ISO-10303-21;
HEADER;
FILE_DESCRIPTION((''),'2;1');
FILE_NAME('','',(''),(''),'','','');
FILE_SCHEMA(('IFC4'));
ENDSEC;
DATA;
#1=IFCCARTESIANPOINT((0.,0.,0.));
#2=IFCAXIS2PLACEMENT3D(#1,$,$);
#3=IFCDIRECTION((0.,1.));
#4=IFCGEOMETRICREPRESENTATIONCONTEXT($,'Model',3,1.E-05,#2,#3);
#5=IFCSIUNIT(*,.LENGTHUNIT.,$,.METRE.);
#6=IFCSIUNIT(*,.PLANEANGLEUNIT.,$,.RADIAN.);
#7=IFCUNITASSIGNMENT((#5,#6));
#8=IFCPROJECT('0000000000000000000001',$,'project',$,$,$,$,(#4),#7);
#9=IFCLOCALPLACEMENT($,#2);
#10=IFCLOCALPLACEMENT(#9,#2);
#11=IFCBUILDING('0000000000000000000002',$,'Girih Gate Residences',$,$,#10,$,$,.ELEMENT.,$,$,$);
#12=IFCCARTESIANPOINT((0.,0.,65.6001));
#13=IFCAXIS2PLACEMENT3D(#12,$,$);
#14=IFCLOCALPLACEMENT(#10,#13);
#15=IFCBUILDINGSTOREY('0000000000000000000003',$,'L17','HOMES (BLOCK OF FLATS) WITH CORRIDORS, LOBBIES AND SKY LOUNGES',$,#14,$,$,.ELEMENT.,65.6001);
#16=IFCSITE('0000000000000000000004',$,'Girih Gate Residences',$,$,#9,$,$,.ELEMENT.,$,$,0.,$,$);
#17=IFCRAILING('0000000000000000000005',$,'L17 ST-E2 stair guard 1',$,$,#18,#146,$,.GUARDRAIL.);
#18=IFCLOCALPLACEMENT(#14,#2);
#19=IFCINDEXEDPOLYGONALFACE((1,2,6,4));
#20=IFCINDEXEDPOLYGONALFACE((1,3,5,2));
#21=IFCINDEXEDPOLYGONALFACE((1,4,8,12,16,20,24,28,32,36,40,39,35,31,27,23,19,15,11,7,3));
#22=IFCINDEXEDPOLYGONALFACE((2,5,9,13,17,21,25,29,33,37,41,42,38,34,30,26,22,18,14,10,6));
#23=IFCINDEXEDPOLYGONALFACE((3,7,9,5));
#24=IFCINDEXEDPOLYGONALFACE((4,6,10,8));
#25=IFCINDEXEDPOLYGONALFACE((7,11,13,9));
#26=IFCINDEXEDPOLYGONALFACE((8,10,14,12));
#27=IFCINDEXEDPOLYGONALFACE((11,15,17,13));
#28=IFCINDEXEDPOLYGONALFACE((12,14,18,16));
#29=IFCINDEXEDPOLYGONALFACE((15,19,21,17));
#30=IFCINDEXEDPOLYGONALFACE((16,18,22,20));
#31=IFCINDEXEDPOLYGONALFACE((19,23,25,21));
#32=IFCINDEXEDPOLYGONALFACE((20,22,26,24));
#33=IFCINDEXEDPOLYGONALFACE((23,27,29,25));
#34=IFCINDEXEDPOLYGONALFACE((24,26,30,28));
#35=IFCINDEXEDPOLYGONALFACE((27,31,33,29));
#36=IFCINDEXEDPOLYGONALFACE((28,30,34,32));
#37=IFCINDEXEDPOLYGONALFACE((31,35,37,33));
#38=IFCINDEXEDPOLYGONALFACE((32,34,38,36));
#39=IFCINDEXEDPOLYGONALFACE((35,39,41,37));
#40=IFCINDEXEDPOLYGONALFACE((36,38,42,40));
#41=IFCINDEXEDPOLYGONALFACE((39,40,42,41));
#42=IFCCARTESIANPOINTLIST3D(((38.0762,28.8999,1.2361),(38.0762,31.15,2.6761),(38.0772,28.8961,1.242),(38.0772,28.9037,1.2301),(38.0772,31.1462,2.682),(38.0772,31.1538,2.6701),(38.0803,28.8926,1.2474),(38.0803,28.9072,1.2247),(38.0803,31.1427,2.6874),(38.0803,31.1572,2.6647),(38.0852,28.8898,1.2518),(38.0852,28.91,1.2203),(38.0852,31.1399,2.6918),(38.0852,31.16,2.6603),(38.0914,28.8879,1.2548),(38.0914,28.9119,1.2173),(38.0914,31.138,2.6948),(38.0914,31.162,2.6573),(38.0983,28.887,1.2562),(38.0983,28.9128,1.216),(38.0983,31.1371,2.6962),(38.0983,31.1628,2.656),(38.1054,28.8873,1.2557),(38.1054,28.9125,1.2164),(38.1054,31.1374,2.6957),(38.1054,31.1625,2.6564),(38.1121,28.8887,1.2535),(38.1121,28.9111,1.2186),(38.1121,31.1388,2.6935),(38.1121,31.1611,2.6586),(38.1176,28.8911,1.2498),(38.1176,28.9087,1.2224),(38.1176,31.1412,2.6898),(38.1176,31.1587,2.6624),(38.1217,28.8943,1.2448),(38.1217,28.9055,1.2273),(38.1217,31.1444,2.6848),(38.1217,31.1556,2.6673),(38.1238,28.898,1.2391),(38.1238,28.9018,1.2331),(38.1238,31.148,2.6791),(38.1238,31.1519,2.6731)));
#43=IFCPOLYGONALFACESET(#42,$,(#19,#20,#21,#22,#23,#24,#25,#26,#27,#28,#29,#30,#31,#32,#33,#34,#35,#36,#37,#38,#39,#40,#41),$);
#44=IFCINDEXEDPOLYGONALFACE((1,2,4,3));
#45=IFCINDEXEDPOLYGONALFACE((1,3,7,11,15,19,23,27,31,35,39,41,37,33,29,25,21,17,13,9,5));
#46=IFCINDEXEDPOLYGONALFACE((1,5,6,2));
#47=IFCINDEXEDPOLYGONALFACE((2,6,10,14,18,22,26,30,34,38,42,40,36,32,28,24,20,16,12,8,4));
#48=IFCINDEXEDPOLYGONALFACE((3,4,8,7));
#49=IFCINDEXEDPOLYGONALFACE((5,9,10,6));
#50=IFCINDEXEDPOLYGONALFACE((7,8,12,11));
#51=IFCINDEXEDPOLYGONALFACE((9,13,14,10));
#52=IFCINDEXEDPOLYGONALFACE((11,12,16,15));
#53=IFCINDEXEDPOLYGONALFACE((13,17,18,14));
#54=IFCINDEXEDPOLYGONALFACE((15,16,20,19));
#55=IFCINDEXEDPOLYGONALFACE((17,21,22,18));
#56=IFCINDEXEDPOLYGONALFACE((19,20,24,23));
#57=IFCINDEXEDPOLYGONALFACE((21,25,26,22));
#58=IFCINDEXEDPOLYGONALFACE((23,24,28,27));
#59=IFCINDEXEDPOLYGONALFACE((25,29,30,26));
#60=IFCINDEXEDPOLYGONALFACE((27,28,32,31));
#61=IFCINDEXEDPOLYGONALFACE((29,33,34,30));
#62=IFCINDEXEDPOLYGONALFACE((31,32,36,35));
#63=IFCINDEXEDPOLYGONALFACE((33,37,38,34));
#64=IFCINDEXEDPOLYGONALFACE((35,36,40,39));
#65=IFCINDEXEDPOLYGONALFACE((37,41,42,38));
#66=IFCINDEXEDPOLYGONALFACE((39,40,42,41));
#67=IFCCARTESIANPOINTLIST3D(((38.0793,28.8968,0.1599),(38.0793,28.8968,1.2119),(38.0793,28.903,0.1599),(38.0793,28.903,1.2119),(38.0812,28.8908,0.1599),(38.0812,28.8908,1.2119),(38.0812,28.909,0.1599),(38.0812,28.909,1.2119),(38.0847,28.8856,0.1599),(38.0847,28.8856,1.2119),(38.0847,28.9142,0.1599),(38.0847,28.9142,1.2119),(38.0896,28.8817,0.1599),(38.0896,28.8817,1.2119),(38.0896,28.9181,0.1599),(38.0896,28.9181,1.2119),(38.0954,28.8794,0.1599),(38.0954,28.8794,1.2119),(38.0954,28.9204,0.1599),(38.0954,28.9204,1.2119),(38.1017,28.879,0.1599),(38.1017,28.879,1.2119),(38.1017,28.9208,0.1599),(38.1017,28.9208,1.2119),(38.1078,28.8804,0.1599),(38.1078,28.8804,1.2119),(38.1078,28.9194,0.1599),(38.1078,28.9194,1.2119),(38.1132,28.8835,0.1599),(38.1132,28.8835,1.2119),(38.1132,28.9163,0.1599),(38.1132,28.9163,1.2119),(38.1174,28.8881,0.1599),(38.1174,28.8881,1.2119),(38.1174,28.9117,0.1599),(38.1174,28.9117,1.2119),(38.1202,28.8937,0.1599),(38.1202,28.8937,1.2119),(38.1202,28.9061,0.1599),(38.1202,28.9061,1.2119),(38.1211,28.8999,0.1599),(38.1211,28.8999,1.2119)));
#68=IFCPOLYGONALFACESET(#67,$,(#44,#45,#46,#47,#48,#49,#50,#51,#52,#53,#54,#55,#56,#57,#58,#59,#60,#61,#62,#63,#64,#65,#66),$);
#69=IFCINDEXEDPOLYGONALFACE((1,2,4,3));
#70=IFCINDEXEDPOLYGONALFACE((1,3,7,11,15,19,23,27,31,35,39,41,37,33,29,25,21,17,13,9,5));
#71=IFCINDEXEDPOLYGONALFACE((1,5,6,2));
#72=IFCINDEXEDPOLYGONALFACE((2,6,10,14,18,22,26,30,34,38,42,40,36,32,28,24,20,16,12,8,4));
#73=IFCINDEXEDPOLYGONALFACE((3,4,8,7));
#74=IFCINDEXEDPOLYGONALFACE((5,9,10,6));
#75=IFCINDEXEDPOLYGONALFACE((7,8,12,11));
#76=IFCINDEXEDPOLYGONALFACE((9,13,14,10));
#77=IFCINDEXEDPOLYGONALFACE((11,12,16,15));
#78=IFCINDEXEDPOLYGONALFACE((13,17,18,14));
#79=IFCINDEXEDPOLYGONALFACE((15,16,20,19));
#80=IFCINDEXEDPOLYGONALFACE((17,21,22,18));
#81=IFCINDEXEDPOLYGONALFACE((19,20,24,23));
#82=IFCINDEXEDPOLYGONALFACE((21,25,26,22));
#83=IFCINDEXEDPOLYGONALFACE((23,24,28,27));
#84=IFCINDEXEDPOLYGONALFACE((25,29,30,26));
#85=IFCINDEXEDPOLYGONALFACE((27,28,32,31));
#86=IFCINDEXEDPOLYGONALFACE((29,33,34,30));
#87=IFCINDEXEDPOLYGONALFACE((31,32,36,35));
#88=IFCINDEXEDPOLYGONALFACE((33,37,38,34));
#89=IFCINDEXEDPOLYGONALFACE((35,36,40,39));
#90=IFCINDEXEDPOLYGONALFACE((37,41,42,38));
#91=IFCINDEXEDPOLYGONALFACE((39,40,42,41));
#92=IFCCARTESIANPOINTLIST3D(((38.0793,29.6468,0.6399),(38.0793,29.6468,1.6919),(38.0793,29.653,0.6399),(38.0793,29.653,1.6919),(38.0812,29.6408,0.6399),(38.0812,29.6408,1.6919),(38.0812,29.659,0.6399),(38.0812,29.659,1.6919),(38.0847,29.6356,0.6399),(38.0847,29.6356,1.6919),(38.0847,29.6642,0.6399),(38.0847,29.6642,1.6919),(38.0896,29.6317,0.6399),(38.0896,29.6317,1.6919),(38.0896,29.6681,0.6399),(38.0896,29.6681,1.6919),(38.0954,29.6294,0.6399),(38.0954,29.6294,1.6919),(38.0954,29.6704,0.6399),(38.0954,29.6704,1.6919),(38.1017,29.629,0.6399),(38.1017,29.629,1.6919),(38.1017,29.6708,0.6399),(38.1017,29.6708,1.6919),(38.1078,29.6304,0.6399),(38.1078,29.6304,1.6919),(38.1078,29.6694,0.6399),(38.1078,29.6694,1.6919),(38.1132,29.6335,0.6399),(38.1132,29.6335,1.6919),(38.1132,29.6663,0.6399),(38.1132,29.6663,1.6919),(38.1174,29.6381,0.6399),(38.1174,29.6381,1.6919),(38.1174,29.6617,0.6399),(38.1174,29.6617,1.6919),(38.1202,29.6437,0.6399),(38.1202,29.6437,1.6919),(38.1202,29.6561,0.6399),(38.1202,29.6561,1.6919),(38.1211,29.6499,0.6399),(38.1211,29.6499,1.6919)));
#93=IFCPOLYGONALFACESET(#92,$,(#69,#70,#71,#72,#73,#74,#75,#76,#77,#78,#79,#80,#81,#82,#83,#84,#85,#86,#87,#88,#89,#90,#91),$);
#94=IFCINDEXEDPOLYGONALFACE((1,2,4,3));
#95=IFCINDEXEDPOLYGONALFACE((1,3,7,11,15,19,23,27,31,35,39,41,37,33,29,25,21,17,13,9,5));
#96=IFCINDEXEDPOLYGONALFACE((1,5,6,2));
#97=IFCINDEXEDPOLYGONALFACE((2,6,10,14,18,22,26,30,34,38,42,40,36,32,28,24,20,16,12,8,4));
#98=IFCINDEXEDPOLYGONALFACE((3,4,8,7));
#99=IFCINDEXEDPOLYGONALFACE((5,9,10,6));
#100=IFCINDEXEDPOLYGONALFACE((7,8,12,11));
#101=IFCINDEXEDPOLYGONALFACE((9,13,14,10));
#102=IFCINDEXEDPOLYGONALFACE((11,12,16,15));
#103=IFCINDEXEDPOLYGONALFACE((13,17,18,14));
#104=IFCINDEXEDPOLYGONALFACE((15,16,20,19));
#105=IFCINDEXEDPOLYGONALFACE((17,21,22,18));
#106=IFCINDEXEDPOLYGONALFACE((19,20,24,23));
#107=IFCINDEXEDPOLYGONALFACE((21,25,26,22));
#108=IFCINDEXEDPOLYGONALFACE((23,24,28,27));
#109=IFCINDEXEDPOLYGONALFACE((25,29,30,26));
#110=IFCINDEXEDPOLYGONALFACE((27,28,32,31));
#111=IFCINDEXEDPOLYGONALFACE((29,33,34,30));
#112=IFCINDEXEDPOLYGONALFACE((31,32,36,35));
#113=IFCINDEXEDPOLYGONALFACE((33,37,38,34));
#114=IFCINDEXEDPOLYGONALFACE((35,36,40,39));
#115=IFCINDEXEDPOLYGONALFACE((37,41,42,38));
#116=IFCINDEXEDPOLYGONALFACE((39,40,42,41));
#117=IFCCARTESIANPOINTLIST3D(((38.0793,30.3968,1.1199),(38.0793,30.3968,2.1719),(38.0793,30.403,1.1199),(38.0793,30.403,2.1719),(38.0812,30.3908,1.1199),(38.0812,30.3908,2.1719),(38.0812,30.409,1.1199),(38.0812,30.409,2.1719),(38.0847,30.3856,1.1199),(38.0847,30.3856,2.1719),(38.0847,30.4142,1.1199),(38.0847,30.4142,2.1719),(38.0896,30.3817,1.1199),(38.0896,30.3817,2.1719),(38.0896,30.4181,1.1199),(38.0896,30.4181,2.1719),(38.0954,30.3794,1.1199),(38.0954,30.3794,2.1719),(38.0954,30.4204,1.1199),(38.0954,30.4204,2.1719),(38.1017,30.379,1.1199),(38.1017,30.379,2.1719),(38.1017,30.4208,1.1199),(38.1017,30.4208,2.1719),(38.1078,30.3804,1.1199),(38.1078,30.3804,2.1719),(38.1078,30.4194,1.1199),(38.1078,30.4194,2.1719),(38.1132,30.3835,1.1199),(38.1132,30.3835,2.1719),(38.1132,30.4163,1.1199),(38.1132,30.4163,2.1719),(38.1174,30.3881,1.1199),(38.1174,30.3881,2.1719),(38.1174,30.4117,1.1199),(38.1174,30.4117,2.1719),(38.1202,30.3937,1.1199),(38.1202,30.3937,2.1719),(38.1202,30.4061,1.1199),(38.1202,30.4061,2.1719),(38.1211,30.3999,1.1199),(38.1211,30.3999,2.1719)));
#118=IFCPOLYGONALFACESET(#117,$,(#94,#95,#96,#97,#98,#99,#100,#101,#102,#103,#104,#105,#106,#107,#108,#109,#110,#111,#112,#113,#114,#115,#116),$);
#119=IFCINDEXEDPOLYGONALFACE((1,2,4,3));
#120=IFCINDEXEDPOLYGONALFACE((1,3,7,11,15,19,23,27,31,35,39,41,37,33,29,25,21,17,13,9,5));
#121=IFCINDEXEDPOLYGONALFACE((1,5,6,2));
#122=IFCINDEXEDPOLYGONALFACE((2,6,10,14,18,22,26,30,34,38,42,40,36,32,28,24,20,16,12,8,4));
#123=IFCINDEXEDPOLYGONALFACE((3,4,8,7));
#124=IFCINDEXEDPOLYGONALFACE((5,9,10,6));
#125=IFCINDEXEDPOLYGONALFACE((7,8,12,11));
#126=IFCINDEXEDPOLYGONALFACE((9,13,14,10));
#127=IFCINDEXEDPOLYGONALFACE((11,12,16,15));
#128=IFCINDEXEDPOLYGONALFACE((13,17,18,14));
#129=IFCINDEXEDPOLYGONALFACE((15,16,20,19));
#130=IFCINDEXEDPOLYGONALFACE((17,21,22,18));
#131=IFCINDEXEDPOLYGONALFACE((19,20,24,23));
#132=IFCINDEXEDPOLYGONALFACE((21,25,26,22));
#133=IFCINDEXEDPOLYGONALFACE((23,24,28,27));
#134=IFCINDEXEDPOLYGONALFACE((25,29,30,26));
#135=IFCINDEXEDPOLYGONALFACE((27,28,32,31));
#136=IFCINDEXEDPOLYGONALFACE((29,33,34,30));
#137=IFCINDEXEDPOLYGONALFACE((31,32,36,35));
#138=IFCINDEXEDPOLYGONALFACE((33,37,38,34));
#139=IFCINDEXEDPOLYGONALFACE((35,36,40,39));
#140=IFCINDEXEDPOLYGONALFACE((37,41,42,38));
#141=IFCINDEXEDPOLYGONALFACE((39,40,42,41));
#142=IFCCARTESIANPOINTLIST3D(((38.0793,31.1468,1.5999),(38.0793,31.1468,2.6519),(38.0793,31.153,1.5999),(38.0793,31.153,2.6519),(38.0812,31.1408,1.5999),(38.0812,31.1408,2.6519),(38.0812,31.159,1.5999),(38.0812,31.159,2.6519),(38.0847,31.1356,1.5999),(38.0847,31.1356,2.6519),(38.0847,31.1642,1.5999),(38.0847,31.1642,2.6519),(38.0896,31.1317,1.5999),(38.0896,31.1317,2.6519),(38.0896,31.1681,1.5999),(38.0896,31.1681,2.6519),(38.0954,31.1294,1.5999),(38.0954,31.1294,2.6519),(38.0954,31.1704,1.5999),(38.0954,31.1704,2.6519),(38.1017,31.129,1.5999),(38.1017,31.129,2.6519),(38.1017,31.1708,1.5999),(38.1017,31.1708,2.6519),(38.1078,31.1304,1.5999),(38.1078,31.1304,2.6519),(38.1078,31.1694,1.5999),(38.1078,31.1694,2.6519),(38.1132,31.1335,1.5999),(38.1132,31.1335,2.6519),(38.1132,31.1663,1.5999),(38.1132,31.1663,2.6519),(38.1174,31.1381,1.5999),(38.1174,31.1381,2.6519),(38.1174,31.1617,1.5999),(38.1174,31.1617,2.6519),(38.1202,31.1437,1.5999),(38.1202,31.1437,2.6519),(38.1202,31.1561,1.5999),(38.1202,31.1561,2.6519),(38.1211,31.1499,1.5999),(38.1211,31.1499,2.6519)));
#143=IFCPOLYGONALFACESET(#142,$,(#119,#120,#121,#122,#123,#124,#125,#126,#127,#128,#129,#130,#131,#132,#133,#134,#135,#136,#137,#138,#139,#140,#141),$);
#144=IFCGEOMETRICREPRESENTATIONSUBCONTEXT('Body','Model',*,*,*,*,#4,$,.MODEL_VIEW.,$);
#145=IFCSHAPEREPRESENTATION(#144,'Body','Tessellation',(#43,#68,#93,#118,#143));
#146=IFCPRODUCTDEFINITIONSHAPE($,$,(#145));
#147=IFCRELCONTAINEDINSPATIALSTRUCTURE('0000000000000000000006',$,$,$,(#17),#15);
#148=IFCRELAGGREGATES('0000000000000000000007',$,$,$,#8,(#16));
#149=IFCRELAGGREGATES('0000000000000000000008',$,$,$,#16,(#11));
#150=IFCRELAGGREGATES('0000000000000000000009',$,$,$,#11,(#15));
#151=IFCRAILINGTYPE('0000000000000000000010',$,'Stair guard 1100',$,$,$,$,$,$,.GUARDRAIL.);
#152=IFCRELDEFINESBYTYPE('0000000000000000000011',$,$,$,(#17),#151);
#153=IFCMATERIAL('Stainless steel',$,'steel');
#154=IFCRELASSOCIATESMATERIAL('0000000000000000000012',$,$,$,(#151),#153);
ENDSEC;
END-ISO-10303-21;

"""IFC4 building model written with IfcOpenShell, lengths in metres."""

from ifc_helpers import new_model, si_unit, direction, frame, origin, origin_2d, place, context, subcontext, project, spatial, circle, extrude, material, type_object, element, save


model = new_model("IFC4")

# Units and contexts
model_context = context("Model", 3, precision=1e-05, world=origin(), true_north=direction((0.0, 1.0)))
body_context = subcontext(model_context, "Body", "Model", "MODEL_VIEW")
ifc_project = project(units=[si_unit("LENGTHUNIT", "METRE"), si_unit("PLANEANGLEUNIT", "RADIAN")], contexts=[model_context])

# Site, building, storey
site_placement = place(None, origin())
site = spatial("IfcSite", under=ifc_project, at=site_placement, Name="Girih Gate Residences", CompositionType="ELEMENT", RefElevation=0.0)
building_placement = place(site_placement, origin())
building = spatial("IfcBuilding", under=site, at=building_placement, Name="Girih Gate Residences", CompositionType="ELEMENT")
storey_placement = place(building_placement, frame((0.0, 0.0, 65.6001)))
storey = spatial("IfcBuildingStorey", under=building, at=storey_placement, Name="L17", Description="HOMES (BLOCK OF FLATS) WITH CORRIDORS, LOBBIES AND SKY LOUNGES", CompositionType="ELEMENT", Elevation=65.6001)

# Railing
ifc_material_1 = material(Name="Stainless steel", Category="steel")
railing_type_1 = type_object("IfcRailingType", Name="Stair guard 1100", PredefinedType="GUARDRAIL", material=ifc_material_1)
railing_1_placement = place(storey_placement, frame((38.1001, 28.8999, 0.1599)))
element("IfcRailing", 1, at=railing_1_placement, inside=storey, type_object=railing_type_1, Name="L17 ST-E2 stair guard 1", PredefinedType="GUARDRAIL", context=body_context, shape_type="SweptSolid", body=[
    extrude(circle(Radius=0.0239, at=origin_2d()), frame((0.0, 0.0, 1.0762), z_axis=(0.0, 0.842281, 0.539038), x_axis=(-1.0, 0.0, 0.0)), (0.0, 0.0, 1.0), 2.6714),
    extrude(circle(Radius=0.021, at=origin_2d()), origin(), (0.0, 0.0, 1.0), 1.052),
    extrude(circle(Radius=0.021, at=origin_2d()), frame((0.0, 0.75, 0.48)), (0.0, 0.0, 1.0), 1.052),
    extrude(circle(Radius=0.021, at=origin_2d()), frame((0.0, 1.5, 0.96)), (0.0, 0.0, 1.0), 1.052),
    extrude(circle(Radius=0.021, at=origin_2d()), frame((0.0, 2.25, 1.4399)), (0.0, 0.0, 1.0), 1.052),
])

save(model, "model.ifc")
